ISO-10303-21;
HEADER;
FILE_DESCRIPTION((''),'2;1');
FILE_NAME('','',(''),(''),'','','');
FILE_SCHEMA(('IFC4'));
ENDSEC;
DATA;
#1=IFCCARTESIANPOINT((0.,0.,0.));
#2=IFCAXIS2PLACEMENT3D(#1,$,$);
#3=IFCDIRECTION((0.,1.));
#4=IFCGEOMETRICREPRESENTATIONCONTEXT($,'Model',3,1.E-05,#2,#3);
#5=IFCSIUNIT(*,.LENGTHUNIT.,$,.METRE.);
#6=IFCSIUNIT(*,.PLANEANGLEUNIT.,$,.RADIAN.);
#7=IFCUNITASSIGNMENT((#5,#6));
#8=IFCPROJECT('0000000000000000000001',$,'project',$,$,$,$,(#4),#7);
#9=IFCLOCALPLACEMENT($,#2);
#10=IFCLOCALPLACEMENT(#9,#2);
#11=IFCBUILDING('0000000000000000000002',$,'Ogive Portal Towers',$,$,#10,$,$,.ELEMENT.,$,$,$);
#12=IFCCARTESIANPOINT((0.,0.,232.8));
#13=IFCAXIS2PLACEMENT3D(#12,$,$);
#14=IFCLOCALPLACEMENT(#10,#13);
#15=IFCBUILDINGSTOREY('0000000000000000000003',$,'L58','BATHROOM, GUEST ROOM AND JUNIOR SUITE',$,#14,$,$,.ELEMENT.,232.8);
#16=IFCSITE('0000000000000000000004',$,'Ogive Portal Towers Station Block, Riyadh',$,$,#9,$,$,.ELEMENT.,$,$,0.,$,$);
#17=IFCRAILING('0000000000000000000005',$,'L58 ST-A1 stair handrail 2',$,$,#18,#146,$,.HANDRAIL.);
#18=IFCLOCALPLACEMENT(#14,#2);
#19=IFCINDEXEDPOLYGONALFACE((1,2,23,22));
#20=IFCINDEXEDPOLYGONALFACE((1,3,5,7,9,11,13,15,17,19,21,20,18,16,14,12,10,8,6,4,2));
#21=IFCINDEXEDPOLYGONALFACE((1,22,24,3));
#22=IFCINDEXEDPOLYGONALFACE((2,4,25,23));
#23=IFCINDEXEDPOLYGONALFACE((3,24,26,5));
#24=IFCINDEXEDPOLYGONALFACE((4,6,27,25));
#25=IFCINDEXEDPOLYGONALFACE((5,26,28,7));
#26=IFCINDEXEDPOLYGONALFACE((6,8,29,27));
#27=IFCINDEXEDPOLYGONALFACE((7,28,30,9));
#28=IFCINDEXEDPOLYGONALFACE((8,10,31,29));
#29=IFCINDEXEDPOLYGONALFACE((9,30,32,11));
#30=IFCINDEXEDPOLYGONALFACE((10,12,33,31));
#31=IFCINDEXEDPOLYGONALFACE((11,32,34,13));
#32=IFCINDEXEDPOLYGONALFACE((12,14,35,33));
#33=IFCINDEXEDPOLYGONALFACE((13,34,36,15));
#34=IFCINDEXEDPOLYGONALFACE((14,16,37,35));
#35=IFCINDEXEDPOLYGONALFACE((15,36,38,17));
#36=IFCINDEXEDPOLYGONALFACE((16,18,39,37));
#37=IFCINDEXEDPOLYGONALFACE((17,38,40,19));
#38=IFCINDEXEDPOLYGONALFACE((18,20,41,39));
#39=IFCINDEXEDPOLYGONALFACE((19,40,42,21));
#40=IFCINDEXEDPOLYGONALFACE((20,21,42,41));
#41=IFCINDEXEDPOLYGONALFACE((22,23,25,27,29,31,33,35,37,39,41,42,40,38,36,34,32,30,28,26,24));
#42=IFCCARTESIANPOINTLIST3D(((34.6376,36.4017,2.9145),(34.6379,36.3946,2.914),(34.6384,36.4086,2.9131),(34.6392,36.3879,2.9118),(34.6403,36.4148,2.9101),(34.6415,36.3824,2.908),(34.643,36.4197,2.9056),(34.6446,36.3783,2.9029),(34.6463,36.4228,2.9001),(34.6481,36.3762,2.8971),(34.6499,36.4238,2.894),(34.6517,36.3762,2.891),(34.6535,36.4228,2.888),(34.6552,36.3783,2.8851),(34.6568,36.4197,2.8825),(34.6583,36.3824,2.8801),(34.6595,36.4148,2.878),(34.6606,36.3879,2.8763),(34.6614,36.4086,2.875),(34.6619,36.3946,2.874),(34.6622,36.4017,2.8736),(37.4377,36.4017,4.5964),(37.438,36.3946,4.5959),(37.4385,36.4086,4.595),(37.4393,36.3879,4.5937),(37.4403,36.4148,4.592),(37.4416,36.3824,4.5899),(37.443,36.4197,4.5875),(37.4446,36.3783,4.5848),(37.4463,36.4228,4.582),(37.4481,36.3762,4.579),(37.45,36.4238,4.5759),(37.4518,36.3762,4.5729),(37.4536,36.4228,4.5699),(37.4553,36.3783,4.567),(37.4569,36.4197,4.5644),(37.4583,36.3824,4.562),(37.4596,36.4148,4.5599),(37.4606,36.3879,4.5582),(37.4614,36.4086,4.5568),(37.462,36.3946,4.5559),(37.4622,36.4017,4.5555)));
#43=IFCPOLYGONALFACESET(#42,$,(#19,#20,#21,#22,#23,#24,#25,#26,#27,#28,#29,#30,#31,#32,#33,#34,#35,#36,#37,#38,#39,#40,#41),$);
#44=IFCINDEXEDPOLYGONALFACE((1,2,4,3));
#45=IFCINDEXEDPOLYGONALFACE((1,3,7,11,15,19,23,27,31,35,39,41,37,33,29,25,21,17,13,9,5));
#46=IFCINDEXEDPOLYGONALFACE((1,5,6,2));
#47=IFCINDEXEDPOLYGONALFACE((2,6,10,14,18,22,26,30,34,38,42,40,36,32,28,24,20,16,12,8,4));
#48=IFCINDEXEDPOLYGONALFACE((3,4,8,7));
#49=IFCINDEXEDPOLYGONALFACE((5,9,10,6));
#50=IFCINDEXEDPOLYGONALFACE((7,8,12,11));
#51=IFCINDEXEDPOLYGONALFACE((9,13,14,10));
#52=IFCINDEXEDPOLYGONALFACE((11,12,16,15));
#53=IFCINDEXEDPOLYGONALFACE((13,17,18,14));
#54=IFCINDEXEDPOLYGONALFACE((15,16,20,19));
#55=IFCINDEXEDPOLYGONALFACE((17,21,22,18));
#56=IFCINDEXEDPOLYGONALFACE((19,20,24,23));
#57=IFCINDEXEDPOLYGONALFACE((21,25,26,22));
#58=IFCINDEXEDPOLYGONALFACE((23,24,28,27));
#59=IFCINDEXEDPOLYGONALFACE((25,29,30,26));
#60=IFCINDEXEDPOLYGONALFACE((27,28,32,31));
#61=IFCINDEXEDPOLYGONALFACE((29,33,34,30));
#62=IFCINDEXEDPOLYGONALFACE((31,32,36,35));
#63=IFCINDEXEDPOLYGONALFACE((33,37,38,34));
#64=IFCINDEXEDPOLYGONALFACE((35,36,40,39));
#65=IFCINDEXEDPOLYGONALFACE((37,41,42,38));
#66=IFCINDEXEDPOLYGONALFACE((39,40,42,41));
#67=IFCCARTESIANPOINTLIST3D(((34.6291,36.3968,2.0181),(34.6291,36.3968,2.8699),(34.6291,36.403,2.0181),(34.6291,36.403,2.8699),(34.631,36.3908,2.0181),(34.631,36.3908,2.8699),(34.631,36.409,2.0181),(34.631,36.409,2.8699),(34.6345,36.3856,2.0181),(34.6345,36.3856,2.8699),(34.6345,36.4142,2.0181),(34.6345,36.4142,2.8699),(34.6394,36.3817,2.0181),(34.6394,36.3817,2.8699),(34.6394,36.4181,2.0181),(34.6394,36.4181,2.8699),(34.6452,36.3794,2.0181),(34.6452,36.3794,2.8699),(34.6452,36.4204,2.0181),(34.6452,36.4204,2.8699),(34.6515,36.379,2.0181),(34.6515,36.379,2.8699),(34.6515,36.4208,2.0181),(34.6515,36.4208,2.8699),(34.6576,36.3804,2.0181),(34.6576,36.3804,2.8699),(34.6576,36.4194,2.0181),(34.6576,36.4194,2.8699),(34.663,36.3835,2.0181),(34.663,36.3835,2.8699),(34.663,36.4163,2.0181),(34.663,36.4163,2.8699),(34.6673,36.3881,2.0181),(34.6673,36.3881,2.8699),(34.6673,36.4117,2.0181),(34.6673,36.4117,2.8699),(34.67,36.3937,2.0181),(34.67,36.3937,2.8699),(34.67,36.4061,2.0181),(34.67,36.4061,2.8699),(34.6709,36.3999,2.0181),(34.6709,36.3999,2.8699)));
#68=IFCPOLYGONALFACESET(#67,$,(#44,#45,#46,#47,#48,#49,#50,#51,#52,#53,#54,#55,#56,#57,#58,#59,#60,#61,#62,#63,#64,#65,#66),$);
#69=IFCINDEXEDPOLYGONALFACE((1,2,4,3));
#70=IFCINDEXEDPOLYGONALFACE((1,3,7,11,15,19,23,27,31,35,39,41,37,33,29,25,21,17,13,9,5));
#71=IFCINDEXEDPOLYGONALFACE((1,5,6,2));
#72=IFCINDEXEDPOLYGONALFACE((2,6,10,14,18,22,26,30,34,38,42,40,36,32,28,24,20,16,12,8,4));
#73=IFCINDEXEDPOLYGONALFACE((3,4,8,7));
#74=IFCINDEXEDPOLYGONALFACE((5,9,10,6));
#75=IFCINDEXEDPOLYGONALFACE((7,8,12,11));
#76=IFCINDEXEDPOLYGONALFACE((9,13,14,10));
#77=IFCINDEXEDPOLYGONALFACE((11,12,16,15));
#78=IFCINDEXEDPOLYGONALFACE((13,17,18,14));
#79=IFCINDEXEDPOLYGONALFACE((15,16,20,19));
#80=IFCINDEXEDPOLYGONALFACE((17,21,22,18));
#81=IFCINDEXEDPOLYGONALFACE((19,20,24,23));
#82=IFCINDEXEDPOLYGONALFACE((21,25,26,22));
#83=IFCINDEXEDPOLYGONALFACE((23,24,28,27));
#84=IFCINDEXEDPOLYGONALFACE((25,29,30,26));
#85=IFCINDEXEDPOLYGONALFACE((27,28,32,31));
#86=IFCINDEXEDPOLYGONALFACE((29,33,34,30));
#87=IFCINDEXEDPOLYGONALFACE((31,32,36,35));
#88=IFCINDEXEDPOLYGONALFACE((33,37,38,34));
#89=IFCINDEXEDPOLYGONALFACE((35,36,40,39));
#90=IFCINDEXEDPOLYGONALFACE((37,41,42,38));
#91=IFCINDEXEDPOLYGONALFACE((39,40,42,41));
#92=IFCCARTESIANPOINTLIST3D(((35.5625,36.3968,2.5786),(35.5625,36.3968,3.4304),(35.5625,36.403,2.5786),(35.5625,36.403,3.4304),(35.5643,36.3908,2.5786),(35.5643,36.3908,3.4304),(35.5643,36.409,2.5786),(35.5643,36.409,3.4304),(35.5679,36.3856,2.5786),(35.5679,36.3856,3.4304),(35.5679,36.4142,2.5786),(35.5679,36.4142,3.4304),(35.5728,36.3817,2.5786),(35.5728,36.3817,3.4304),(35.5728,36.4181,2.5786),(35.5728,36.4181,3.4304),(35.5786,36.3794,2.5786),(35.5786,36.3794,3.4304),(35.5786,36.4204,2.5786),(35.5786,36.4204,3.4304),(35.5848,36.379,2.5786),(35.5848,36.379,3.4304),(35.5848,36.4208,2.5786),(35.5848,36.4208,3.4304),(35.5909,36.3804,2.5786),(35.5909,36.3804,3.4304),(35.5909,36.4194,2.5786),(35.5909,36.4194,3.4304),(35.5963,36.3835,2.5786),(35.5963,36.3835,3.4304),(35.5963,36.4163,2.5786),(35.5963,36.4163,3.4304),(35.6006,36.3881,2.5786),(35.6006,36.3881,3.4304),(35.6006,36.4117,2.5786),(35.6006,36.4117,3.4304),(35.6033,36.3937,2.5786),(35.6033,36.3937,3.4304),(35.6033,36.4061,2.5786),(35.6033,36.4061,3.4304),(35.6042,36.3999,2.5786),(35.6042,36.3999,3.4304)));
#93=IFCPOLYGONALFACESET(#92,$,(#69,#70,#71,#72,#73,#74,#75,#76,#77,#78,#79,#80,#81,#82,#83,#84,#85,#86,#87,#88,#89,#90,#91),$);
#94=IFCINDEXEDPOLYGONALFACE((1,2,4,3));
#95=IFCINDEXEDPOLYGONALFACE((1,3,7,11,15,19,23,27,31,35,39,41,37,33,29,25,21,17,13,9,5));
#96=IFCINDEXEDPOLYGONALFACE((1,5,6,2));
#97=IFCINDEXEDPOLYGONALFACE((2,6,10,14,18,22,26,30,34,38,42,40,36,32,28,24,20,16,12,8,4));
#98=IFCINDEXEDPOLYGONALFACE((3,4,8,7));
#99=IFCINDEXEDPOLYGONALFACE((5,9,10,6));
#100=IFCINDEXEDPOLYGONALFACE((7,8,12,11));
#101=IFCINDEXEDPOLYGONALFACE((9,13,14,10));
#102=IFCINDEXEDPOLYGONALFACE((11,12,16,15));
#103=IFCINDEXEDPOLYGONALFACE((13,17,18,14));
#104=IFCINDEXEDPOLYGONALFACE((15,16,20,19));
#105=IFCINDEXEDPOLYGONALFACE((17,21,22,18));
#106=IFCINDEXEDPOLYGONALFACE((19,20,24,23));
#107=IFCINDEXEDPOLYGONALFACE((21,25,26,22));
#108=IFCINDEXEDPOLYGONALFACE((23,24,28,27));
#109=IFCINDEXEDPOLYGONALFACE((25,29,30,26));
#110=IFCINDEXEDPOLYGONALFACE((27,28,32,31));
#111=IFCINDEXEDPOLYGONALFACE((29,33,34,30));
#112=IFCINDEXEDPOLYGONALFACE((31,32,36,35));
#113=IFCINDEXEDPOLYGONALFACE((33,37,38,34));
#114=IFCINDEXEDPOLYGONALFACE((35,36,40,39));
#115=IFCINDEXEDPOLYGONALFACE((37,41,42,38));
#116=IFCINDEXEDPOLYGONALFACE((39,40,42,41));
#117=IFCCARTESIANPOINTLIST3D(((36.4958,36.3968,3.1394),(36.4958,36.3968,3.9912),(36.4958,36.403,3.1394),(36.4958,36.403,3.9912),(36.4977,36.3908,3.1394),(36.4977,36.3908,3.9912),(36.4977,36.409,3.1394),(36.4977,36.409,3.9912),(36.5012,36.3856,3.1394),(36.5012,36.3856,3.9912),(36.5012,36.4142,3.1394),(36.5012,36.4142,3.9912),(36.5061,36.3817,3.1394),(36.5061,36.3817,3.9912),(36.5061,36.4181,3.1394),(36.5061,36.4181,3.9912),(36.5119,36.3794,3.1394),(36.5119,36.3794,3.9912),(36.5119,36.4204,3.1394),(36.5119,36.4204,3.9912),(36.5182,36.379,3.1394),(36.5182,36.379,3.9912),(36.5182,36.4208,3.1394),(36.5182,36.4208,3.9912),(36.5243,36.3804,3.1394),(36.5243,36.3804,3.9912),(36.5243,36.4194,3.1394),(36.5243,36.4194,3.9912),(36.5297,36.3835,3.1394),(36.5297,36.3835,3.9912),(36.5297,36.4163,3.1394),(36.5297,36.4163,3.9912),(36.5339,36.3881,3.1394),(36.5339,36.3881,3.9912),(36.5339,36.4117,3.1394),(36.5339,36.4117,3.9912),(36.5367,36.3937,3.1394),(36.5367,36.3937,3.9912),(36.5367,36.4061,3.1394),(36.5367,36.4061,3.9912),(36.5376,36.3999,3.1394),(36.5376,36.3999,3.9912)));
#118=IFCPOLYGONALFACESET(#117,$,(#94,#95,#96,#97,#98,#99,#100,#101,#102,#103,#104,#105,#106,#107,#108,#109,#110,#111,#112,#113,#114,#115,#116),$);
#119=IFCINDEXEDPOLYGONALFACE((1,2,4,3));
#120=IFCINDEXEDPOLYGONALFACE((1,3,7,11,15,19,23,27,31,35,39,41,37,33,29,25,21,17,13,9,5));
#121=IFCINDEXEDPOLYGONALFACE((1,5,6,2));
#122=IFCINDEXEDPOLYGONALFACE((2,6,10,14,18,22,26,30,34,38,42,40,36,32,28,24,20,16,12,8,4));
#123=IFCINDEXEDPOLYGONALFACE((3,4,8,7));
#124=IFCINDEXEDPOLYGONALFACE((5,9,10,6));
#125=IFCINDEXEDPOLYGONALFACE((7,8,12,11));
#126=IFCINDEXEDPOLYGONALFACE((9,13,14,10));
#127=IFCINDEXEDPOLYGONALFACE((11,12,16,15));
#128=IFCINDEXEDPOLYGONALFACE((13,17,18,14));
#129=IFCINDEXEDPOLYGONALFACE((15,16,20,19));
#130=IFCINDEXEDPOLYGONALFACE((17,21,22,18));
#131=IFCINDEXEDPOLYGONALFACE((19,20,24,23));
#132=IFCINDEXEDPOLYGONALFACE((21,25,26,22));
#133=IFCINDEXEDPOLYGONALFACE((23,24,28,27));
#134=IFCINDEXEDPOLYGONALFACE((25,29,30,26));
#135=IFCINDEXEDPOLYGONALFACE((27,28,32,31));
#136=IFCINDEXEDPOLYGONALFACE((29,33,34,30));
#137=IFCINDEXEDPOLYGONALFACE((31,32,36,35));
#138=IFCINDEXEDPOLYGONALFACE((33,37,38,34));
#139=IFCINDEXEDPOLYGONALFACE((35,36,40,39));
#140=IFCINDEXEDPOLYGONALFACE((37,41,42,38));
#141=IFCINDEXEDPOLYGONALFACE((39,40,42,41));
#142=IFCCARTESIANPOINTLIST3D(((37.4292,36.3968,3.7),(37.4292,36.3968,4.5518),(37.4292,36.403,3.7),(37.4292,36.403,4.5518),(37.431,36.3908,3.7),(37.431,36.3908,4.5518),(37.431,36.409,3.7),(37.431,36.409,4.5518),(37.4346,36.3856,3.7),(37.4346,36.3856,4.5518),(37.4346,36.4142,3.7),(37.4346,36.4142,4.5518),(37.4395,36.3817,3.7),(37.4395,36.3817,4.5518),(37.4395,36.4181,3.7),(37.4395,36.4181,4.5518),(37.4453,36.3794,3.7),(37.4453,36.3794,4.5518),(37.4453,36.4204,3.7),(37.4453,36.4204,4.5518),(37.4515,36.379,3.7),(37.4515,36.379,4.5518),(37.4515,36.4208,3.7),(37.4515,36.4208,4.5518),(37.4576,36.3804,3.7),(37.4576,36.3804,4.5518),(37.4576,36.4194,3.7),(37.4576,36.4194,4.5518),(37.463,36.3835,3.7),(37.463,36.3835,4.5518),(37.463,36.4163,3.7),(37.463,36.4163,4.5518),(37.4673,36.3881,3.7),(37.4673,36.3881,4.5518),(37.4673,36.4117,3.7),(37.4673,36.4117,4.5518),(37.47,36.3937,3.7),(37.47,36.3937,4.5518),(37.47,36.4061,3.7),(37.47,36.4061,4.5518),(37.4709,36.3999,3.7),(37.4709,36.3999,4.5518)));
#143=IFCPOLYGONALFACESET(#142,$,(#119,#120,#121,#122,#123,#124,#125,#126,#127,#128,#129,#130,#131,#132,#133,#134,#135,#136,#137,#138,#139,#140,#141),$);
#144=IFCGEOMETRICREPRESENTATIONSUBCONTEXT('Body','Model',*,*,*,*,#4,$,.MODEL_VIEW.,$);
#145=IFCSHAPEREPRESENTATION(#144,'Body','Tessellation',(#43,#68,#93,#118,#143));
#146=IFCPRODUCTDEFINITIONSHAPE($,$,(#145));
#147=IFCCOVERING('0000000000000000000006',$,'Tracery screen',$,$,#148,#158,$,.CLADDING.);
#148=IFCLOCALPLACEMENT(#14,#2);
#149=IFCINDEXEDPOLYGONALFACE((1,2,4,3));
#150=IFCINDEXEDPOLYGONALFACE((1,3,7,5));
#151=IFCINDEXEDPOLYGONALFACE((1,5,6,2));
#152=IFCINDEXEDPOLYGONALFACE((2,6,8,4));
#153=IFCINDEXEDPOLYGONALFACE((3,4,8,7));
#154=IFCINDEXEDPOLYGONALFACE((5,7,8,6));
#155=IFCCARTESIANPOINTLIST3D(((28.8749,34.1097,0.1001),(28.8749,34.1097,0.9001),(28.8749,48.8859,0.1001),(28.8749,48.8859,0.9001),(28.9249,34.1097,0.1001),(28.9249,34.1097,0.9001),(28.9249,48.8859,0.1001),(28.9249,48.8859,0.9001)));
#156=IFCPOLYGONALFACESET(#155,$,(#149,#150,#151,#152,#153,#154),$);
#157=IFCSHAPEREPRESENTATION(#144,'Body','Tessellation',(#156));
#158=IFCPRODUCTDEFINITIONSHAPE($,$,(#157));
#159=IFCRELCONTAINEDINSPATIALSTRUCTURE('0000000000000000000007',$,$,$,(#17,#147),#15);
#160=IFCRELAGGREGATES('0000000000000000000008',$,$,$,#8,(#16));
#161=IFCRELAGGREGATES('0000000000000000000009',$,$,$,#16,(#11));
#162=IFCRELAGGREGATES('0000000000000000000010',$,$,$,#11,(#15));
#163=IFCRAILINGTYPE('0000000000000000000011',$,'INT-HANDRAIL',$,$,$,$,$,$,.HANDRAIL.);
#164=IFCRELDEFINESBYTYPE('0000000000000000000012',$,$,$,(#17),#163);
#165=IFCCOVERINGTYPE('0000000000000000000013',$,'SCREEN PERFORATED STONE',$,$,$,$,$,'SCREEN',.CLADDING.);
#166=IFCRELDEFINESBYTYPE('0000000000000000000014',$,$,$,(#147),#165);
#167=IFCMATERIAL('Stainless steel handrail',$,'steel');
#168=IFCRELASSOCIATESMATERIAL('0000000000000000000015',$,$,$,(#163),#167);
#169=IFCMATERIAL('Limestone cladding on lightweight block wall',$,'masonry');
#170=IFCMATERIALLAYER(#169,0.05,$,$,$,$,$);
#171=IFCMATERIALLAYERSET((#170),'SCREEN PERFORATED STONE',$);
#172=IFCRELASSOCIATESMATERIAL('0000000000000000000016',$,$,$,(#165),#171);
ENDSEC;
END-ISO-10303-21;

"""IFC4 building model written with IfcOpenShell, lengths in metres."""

from ifc_helpers import new_model, si_unit, direction, frame, origin, origin_2d, place, context, subcontext, project, spatial, rectangle, circle, extrude, material, layer, layer_set, type_object, element, save


model = new_model("IFC4")

# Units and contexts
model_context = context("Model", 3, precision=1e-05, world=origin(), true_north=direction((0.0, 1.0)))
body_context = subcontext(model_context, "Body", "Model", "MODEL_VIEW")
ifc_project = project(units=[si_unit("LENGTHUNIT", "METRE"), si_unit("PLANEANGLEUNIT", "RADIAN")], contexts=[model_context])

# Site, building, storey
site_placement = place(None, origin())
site = spatial("IfcSite", under=ifc_project, at=site_placement, Name="Ogive Portal Towers Station Block, Riyadh", CompositionType="ELEMENT", RefElevation=0.0)
building_placement = place(site_placement, origin())
building = spatial("IfcBuilding", under=site, at=building_placement, Name="Ogive Portal Towers", CompositionType="ELEMENT")
storey_placement = place(building_placement, frame((0.0, 0.0, 232.8)))
storey = spatial("IfcBuildingStorey", under=building, at=storey_placement, Name="L58", Description="BATHROOM, GUEST ROOM AND JUNIOR SUITE", CompositionType="ELEMENT", Elevation=232.8)

# Shared definitions
ifc_material_1 = material(Name="Limestone cladding on lightweight block wall", Category="masonry")

# Railing
ifc_material_2 = material(Name="Stainless steel handrail", Category="steel")
railing_type_1 = type_object("IfcRailingType", Name="INT-HANDRAIL", PredefinedType="HANDRAIL", material=ifc_material_2)
railing_1_placement = place(storey_placement, frame((34.6499, 36.3999, 2.0181)))
element("IfcRailing", 1, at=railing_1_placement, inside=storey, type_object=railing_type_1, Name="L58 ST-A1 stair handrail 2", PredefinedType="HANDRAIL", context=body_context, shape_type="SweptSolid", body=[
    extrude(circle(Radius=0.0239, at=origin_2d()), frame((0.0, 0.0, 0.876), z_axis=(0.857242, 0.0, 0.514913), x_axis=(0.0, 1.0, 0.0)), (0.0, 0.0, 1.0), 3.2664),
    extrude(circle(Radius=0.021, at=origin_2d()), origin(), (0.0, 0.0, 1.0), 0.8518),
    extrude(circle(Radius=0.021, at=origin_2d()), frame((0.9333, 0.0, 0.5605)), (0.0, 0.0, 1.0), 0.8518),
    extrude(circle(Radius=0.021, at=origin_2d()), frame((1.8667, 0.0, 1.1213)), (0.0, 0.0, 1.0), 0.8518),
    extrude(circle(Radius=0.021, at=origin_2d()), frame((2.8, 0.0, 1.6819)), (0.0, 0.0, 1.0), 0.8518),
])

# Covering
ifc_layer_1 = layer(ifc_material_1, 0.05)
ifc_layer_set_1 = layer_set([ifc_layer_1], Name="SCREEN PERFORATED STONE")
covering_type = type_object("IfcCoveringType", Name="SCREEN PERFORATED STONE", ElementType="SCREEN", PredefinedType="CLADDING", material=ifc_layer_set_1)
covering_placement = place(storey_placement, frame((28.8999, 41.4978, 0.1001), z_axis=(0.0, 0.0, 1.0), x_axis=(0.0, -1.0, 0.0)))
element("IfcCovering", 2, at=covering_placement, inside=storey, type_object=covering_type, Name="Tracery screen", PredefinedType="CLADDING", context=body_context, shape_type="SweptSolid", body=[
    extrude(rectangle(XDim=14.7761, YDim=0.05, at=origin_2d()), origin(), (0.0, 0.0, 1.0), 0.8),
])

save(model, "model.ifc")
